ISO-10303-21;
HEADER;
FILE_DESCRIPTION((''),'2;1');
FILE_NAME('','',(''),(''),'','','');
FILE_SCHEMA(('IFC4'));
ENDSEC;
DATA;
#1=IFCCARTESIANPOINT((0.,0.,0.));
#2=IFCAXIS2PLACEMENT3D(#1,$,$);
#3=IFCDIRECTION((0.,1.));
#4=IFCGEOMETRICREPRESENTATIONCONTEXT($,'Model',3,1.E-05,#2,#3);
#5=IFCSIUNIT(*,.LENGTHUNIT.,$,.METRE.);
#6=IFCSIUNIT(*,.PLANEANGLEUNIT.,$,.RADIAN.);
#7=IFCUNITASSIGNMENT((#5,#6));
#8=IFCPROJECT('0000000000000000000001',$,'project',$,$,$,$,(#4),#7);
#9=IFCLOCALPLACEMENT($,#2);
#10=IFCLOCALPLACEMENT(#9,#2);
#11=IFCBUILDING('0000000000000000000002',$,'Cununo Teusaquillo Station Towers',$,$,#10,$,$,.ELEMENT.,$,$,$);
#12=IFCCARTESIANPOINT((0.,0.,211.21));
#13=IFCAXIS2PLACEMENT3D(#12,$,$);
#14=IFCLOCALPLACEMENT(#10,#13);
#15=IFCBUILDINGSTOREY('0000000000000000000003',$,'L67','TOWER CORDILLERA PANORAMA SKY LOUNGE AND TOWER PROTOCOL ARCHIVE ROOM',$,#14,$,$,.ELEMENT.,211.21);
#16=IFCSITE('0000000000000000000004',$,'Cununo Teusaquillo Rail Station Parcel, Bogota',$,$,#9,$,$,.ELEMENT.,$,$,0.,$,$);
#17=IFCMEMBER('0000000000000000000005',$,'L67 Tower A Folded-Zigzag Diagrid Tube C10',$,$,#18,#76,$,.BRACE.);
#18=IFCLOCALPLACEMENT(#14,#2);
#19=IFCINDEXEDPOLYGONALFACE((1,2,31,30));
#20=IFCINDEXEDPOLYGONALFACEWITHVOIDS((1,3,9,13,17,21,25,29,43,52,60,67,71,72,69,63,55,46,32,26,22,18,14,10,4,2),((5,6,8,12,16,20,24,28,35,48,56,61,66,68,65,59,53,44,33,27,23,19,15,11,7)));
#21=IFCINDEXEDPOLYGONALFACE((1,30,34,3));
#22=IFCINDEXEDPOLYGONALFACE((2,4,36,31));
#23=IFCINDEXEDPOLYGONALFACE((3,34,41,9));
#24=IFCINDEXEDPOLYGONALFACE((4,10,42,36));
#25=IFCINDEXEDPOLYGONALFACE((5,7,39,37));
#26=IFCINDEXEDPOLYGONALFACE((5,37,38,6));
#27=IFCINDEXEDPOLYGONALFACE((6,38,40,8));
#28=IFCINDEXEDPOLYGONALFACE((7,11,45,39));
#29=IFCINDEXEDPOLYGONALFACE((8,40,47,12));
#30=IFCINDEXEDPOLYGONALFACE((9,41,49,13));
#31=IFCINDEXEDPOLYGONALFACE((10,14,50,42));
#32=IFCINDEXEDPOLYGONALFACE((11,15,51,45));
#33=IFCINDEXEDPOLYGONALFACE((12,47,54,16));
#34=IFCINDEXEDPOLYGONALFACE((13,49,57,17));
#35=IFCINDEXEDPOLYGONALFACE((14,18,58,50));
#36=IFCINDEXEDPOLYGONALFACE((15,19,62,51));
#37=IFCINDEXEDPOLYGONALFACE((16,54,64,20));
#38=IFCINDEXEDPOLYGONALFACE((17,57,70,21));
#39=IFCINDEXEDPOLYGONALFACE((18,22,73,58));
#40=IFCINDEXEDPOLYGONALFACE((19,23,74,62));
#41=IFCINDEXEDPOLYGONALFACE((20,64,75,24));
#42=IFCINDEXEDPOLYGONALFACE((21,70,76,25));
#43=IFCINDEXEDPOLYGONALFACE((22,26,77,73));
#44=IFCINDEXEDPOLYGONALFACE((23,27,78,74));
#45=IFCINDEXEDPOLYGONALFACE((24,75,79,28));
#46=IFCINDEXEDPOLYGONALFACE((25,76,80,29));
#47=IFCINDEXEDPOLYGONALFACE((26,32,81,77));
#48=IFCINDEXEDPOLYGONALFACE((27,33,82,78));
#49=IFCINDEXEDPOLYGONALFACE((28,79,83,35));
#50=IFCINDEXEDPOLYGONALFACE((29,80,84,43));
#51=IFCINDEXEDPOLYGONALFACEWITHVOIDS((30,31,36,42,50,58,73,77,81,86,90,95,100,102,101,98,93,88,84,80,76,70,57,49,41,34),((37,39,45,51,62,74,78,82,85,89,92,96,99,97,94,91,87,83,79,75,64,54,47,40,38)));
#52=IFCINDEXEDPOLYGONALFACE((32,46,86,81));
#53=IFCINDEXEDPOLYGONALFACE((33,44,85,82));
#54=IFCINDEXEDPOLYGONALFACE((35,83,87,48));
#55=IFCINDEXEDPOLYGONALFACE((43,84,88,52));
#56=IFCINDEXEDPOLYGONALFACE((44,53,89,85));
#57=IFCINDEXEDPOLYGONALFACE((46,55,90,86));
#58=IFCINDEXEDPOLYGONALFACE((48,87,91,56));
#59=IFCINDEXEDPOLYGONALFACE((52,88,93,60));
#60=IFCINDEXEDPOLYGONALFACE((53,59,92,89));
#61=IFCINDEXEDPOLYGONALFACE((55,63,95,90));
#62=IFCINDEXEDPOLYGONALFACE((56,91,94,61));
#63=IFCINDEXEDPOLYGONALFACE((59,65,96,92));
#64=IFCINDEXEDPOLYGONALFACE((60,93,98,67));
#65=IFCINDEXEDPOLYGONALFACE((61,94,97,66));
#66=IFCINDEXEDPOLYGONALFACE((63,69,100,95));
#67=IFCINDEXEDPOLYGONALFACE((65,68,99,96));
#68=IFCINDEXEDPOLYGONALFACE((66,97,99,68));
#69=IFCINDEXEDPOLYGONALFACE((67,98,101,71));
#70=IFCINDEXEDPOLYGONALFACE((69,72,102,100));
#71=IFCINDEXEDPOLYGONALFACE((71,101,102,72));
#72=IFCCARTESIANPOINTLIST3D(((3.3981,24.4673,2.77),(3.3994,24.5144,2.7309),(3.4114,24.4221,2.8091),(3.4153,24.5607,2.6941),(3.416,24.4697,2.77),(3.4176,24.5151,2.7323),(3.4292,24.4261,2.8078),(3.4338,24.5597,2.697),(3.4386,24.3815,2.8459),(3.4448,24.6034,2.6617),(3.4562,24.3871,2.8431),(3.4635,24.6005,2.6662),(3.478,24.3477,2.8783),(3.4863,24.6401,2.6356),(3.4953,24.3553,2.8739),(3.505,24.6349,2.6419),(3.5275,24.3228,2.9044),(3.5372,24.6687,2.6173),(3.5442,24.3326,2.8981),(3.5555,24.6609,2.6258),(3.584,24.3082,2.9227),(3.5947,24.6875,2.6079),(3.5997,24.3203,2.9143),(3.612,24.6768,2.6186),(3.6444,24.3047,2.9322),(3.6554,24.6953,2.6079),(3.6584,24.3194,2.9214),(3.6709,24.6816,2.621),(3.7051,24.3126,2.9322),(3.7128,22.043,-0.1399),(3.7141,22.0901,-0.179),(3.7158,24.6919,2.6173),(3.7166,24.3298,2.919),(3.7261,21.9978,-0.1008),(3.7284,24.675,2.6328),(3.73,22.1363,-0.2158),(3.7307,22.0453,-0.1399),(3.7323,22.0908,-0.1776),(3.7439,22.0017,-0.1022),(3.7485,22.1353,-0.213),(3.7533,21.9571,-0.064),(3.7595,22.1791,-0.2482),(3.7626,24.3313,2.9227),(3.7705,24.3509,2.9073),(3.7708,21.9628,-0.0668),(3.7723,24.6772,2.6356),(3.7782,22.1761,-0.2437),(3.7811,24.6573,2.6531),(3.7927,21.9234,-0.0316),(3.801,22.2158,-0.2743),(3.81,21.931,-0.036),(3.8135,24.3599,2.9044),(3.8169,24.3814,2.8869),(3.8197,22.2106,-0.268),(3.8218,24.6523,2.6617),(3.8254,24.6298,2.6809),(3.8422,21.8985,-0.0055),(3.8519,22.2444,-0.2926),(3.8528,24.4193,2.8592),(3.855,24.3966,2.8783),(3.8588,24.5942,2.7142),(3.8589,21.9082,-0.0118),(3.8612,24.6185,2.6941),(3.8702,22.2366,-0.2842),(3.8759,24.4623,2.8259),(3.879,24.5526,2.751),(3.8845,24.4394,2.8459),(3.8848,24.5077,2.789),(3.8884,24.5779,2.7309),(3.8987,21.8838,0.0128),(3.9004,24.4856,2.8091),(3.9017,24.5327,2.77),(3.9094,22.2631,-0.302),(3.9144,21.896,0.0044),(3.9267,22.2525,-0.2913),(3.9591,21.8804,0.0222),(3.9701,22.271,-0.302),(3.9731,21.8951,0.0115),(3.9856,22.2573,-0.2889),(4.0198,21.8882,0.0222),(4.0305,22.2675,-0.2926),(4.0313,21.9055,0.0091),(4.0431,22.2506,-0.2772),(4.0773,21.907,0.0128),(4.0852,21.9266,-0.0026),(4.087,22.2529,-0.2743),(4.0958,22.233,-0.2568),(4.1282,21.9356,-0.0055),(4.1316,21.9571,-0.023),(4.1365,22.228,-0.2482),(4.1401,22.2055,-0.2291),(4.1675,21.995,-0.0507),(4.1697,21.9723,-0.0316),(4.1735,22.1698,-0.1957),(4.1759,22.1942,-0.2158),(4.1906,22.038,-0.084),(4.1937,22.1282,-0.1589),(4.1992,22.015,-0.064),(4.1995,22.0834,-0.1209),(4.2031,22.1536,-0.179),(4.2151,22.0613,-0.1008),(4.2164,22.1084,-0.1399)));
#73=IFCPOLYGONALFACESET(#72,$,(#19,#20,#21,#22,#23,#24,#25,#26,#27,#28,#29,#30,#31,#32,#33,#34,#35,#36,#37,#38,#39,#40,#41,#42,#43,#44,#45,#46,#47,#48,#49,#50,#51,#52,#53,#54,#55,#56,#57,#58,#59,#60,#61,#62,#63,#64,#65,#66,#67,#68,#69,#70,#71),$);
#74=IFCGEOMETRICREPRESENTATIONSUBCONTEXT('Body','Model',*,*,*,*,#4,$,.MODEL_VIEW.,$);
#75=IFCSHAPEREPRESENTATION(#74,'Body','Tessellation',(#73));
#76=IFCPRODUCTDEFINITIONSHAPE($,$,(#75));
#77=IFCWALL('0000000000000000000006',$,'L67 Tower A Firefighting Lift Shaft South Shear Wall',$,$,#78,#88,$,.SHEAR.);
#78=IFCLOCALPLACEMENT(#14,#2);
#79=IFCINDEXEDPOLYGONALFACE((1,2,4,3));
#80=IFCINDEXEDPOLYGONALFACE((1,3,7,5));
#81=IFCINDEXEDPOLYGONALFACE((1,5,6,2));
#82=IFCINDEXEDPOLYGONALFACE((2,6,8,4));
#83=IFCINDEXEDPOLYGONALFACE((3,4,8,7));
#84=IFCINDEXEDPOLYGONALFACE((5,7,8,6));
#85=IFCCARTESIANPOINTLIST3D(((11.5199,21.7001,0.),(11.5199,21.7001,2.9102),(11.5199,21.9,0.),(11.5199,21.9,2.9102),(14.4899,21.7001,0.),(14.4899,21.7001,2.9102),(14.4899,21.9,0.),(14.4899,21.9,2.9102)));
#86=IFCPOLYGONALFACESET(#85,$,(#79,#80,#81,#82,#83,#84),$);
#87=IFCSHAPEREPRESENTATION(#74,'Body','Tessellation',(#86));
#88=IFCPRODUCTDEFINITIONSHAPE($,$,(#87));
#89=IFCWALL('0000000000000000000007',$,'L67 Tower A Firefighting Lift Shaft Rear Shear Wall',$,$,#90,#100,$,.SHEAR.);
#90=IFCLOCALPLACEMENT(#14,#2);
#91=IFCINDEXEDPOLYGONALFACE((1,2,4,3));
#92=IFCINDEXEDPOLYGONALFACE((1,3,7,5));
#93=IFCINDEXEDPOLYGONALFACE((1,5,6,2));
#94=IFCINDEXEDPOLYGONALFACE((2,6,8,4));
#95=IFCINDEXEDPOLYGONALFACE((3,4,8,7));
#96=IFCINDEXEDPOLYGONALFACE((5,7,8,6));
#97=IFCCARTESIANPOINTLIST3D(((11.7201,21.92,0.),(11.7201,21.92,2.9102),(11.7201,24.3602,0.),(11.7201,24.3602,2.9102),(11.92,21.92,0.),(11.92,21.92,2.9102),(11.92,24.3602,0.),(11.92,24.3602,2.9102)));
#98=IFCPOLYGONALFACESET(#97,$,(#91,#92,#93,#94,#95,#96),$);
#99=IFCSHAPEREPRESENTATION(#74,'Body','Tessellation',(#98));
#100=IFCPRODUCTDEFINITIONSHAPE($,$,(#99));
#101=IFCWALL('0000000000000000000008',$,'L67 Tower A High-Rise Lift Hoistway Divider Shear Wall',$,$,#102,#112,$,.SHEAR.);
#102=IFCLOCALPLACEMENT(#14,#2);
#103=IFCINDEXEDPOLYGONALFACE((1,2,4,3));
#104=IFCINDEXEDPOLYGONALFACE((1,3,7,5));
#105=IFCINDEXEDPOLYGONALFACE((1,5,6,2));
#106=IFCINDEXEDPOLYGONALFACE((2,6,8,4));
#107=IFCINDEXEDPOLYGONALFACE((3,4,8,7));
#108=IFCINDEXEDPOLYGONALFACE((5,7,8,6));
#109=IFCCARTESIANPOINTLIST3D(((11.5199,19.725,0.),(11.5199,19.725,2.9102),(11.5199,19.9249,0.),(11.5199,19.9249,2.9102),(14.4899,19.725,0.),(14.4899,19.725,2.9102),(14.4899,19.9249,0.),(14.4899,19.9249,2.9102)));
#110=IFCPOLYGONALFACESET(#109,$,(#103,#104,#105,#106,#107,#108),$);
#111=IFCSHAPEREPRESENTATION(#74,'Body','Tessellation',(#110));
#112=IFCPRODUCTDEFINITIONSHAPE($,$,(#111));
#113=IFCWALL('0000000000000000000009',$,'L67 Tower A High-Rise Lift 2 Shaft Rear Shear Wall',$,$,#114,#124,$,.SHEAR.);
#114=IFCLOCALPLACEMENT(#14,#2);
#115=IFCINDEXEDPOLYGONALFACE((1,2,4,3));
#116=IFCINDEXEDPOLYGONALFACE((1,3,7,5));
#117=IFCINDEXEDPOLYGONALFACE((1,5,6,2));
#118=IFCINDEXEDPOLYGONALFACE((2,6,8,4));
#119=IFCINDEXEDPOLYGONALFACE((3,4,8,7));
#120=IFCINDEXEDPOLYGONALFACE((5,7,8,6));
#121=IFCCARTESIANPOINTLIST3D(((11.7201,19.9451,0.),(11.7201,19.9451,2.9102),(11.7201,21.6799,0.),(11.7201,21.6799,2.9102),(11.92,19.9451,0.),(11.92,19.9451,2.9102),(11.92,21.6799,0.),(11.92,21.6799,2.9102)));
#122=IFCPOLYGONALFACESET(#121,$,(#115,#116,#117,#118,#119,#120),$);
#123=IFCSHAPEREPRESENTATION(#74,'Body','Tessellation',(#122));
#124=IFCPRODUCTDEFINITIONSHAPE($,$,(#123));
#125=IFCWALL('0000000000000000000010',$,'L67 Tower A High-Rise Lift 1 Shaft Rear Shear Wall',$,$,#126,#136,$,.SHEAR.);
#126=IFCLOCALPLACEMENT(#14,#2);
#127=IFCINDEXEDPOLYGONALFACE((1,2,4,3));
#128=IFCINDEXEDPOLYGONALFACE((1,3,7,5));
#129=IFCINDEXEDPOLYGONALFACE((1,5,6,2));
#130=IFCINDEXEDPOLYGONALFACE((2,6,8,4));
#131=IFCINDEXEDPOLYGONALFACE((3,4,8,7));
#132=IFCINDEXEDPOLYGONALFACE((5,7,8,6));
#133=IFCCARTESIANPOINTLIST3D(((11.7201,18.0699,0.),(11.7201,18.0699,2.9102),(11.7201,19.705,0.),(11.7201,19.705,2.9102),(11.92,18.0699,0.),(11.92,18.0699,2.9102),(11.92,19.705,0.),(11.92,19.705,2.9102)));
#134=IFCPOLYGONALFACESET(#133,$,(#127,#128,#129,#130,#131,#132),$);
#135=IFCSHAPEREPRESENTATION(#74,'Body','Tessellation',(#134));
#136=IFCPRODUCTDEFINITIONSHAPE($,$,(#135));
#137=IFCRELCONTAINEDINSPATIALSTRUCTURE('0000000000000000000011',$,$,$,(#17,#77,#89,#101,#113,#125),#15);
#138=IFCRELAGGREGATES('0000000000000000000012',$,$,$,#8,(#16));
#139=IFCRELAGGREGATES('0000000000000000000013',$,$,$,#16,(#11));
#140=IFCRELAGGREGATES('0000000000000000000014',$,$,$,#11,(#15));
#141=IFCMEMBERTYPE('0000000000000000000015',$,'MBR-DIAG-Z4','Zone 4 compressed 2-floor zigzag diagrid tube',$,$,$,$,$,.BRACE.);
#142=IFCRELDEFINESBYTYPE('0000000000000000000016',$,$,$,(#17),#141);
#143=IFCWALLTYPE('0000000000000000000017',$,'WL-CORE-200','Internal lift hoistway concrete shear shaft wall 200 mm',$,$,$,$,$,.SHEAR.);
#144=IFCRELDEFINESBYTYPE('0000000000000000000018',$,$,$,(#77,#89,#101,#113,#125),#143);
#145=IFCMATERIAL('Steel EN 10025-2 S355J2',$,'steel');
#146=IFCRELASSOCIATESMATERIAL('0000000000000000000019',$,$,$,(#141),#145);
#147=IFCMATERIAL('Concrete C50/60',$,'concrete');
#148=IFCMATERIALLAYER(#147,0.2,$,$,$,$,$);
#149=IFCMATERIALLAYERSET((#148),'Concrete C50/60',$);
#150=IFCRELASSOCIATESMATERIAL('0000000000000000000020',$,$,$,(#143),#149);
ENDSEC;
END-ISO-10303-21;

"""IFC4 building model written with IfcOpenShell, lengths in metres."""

from ifc_helpers import new_model, si_unit, direction, frame, frame_2d, origin, origin_2d, place, context, subcontext, project, spatial, rectangle, hollow_circle, extrude, material, layer, layer_set, material_profile, profile_set, type_object, element, save


model = new_model("IFC4")

# Units and contexts
model_context = context("Model", 3, precision=1e-05, world=origin(), true_north=direction((0.0, 1.0)))
body_context = subcontext(model_context, "Body", "Model", "MODEL_VIEW")
ifc_project = project(units=[si_unit("LENGTHUNIT", "METRE"), si_unit("PLANEANGLEUNIT", "RADIAN")], contexts=[model_context])

# Site, building, storey
site_placement = place(None, origin())
site = spatial("IfcSite", under=ifc_project, at=site_placement, Name="Cununo Teusaquillo Rail Station Parcel, Bogota", CompositionType="ELEMENT", RefElevation=0.0)
building_placement = place(site_placement, origin())
building = spatial("IfcBuilding", under=site, at=building_placement, Name="Cununo Teusaquillo Station Towers", CompositionType="ELEMENT")
storey_placement = place(building_placement, frame((0.0, 0.0, 211.21)))
storey = spatial("IfcBuildingStorey", under=building, at=storey_placement, Name="L67", Description="TOWER CORDILLERA PANORAMA SKY LOUNGE AND TOWER PROTOCOL ARCHIVE ROOM", CompositionType="ELEMENT", Elevation=211.21)

# Member
ifc_material_1 = material(Name="Steel EN 10025-2 S355J2", Category="steel")
ifc_material_profile_1 = material_profile(ifc_material_1, hollow_circle(Radius=0.2539, WallThickness=0.0181, at=origin_2d()), Name="CHS 508x18")
ifc_profile_set_1 = profile_set([ifc_material_profile_1], Name="Steel EN 10025-2 S355J2")
member_type = type_object("IfcMemberType", Name="MBR-DIAG-Z4", Description="Zone 4 compressed 2-floor zigzag diagrid tube", PredefinedType="BRACE", material=ifc_profile_set_1)
member_placement = place(storey_placement, frame((3.9646, 22.0757, -0.1399), z_axis=(-0.082804, 0.637891, 0.765662), x_axis=(-0.99168, -0.128729, 0.0)))
element("IfcMember", 1, at=member_placement, inside=storey, type_object=member_type, Name="L67 Tower A Folded-Zigzag Diagrid Tube C10", PredefinedType="BRACE", context=body_context, shape_type="SweptSolid", body=[
    extrude(hollow_circle(Radius=0.2539, WallThickness=0.0181, at=origin_2d()), origin(), (0.0, 0.0, 1.0), 3.8005),
])

# Walls
ifc_material_2 = material(Name="Concrete C50/60", Category="concrete")
ifc_layer_1 = layer(ifc_material_2, 0.2)
ifc_layer_set_1 = layer_set([ifc_layer_1], Name="Concrete C50/60")
wall_type_1 = type_object("IfcWallType", Name="WL-CORE-200", Description="Internal lift hoistway concrete shear shaft wall 200 mm", PredefinedType="SHEAR", material=ifc_layer_set_1)
wall_1_placement = place(storey_placement, frame((11.52, 21.8, 0.0), z_axis=(0.0, 0.0, 1.0), x_axis=(1.0, 0.0, 0.0)))
element("IfcWall", 2, at=wall_1_placement, inside=storey, type_object=wall_type_1, Name="L67 Tower A Firefighting Lift Shaft South Shear Wall", PredefinedType="SHEAR", context=body_context, shape_type="SweptSolid", body=[
    extrude(rectangle(XDim=2.97, YDim=0.2, at=frame_2d((1.4849, 0.0))), origin(), (0.0, 0.0, 1.0), 2.9102),
])
wall_2_placement = place(storey_placement, frame((11.8201, 21.9199, 0.0), z_axis=(0.0, 0.0, 1.0), x_axis=(0.0, 1.0, 0.0)))
element("IfcWall", 3, at=wall_2_placement, inside=storey, type_object=wall_type_1, Name="L67 Tower A Firefighting Lift Shaft Rear Shear Wall", PredefinedType="SHEAR", context=body_context, shape_type="SweptSolid", body=[
    extrude(rectangle(XDim=2.4402, YDim=0.2, at=frame_2d((1.2202, 0.0))), origin(), (0.0, 0.0, 1.0), 2.9102),
])
wall_3_placement = place(storey_placement, frame((11.52, 19.825, 0.0), z_axis=(0.0, 0.0, 1.0), x_axis=(1.0, 0.0, 0.0)))
element("IfcWall", 4, at=wall_3_placement, inside=storey, type_object=wall_type_1, Name="L67 Tower A High-Rise Lift Hoistway Divider Shear Wall", PredefinedType="SHEAR", context=body_context, shape_type="SweptSolid", body=[
    extrude(rectangle(XDim=2.97, YDim=0.2, at=frame_2d((1.4849, 0.0))), origin(), (0.0, 0.0, 1.0), 2.9102),
])
wall_4_placement = place(storey_placement, frame((11.8201, 19.9451, 0.0), z_axis=(0.0, 0.0, 1.0), x_axis=(0.0, 1.0, 0.0)))
element("IfcWall", 5, at=wall_4_placement, inside=storey, type_object=wall_type_1, Name="L67 Tower A High-Rise Lift 2 Shaft Rear Shear Wall", PredefinedType="SHEAR", context=body_context, shape_type="SweptSolid", body=[
    extrude(rectangle(XDim=1.7349, YDim=0.2, at=frame_2d((0.8674, 0.0))), origin(), (0.0, 0.0, 1.0), 2.9102),
])
wall_5_placement = place(storey_placement, frame((11.8201, 18.0701, 0.0), z_axis=(0.0, 0.0, 1.0), x_axis=(0.0, 1.0, 0.0)))
element("IfcWall", 6, at=wall_5_placement, inside=storey, type_object=wall_type_1, Name="L67 Tower A High-Rise Lift 1 Shaft Rear Shear Wall", PredefinedType="SHEAR", context=body_context, shape_type="SweptSolid", body=[
    extrude(rectangle(XDim=1.635, YDim=0.2, at=frame_2d((0.8174, 0.0))), origin(), (0.0, 0.0, 1.0), 2.9102),
])

save(model, "model.ifc")
